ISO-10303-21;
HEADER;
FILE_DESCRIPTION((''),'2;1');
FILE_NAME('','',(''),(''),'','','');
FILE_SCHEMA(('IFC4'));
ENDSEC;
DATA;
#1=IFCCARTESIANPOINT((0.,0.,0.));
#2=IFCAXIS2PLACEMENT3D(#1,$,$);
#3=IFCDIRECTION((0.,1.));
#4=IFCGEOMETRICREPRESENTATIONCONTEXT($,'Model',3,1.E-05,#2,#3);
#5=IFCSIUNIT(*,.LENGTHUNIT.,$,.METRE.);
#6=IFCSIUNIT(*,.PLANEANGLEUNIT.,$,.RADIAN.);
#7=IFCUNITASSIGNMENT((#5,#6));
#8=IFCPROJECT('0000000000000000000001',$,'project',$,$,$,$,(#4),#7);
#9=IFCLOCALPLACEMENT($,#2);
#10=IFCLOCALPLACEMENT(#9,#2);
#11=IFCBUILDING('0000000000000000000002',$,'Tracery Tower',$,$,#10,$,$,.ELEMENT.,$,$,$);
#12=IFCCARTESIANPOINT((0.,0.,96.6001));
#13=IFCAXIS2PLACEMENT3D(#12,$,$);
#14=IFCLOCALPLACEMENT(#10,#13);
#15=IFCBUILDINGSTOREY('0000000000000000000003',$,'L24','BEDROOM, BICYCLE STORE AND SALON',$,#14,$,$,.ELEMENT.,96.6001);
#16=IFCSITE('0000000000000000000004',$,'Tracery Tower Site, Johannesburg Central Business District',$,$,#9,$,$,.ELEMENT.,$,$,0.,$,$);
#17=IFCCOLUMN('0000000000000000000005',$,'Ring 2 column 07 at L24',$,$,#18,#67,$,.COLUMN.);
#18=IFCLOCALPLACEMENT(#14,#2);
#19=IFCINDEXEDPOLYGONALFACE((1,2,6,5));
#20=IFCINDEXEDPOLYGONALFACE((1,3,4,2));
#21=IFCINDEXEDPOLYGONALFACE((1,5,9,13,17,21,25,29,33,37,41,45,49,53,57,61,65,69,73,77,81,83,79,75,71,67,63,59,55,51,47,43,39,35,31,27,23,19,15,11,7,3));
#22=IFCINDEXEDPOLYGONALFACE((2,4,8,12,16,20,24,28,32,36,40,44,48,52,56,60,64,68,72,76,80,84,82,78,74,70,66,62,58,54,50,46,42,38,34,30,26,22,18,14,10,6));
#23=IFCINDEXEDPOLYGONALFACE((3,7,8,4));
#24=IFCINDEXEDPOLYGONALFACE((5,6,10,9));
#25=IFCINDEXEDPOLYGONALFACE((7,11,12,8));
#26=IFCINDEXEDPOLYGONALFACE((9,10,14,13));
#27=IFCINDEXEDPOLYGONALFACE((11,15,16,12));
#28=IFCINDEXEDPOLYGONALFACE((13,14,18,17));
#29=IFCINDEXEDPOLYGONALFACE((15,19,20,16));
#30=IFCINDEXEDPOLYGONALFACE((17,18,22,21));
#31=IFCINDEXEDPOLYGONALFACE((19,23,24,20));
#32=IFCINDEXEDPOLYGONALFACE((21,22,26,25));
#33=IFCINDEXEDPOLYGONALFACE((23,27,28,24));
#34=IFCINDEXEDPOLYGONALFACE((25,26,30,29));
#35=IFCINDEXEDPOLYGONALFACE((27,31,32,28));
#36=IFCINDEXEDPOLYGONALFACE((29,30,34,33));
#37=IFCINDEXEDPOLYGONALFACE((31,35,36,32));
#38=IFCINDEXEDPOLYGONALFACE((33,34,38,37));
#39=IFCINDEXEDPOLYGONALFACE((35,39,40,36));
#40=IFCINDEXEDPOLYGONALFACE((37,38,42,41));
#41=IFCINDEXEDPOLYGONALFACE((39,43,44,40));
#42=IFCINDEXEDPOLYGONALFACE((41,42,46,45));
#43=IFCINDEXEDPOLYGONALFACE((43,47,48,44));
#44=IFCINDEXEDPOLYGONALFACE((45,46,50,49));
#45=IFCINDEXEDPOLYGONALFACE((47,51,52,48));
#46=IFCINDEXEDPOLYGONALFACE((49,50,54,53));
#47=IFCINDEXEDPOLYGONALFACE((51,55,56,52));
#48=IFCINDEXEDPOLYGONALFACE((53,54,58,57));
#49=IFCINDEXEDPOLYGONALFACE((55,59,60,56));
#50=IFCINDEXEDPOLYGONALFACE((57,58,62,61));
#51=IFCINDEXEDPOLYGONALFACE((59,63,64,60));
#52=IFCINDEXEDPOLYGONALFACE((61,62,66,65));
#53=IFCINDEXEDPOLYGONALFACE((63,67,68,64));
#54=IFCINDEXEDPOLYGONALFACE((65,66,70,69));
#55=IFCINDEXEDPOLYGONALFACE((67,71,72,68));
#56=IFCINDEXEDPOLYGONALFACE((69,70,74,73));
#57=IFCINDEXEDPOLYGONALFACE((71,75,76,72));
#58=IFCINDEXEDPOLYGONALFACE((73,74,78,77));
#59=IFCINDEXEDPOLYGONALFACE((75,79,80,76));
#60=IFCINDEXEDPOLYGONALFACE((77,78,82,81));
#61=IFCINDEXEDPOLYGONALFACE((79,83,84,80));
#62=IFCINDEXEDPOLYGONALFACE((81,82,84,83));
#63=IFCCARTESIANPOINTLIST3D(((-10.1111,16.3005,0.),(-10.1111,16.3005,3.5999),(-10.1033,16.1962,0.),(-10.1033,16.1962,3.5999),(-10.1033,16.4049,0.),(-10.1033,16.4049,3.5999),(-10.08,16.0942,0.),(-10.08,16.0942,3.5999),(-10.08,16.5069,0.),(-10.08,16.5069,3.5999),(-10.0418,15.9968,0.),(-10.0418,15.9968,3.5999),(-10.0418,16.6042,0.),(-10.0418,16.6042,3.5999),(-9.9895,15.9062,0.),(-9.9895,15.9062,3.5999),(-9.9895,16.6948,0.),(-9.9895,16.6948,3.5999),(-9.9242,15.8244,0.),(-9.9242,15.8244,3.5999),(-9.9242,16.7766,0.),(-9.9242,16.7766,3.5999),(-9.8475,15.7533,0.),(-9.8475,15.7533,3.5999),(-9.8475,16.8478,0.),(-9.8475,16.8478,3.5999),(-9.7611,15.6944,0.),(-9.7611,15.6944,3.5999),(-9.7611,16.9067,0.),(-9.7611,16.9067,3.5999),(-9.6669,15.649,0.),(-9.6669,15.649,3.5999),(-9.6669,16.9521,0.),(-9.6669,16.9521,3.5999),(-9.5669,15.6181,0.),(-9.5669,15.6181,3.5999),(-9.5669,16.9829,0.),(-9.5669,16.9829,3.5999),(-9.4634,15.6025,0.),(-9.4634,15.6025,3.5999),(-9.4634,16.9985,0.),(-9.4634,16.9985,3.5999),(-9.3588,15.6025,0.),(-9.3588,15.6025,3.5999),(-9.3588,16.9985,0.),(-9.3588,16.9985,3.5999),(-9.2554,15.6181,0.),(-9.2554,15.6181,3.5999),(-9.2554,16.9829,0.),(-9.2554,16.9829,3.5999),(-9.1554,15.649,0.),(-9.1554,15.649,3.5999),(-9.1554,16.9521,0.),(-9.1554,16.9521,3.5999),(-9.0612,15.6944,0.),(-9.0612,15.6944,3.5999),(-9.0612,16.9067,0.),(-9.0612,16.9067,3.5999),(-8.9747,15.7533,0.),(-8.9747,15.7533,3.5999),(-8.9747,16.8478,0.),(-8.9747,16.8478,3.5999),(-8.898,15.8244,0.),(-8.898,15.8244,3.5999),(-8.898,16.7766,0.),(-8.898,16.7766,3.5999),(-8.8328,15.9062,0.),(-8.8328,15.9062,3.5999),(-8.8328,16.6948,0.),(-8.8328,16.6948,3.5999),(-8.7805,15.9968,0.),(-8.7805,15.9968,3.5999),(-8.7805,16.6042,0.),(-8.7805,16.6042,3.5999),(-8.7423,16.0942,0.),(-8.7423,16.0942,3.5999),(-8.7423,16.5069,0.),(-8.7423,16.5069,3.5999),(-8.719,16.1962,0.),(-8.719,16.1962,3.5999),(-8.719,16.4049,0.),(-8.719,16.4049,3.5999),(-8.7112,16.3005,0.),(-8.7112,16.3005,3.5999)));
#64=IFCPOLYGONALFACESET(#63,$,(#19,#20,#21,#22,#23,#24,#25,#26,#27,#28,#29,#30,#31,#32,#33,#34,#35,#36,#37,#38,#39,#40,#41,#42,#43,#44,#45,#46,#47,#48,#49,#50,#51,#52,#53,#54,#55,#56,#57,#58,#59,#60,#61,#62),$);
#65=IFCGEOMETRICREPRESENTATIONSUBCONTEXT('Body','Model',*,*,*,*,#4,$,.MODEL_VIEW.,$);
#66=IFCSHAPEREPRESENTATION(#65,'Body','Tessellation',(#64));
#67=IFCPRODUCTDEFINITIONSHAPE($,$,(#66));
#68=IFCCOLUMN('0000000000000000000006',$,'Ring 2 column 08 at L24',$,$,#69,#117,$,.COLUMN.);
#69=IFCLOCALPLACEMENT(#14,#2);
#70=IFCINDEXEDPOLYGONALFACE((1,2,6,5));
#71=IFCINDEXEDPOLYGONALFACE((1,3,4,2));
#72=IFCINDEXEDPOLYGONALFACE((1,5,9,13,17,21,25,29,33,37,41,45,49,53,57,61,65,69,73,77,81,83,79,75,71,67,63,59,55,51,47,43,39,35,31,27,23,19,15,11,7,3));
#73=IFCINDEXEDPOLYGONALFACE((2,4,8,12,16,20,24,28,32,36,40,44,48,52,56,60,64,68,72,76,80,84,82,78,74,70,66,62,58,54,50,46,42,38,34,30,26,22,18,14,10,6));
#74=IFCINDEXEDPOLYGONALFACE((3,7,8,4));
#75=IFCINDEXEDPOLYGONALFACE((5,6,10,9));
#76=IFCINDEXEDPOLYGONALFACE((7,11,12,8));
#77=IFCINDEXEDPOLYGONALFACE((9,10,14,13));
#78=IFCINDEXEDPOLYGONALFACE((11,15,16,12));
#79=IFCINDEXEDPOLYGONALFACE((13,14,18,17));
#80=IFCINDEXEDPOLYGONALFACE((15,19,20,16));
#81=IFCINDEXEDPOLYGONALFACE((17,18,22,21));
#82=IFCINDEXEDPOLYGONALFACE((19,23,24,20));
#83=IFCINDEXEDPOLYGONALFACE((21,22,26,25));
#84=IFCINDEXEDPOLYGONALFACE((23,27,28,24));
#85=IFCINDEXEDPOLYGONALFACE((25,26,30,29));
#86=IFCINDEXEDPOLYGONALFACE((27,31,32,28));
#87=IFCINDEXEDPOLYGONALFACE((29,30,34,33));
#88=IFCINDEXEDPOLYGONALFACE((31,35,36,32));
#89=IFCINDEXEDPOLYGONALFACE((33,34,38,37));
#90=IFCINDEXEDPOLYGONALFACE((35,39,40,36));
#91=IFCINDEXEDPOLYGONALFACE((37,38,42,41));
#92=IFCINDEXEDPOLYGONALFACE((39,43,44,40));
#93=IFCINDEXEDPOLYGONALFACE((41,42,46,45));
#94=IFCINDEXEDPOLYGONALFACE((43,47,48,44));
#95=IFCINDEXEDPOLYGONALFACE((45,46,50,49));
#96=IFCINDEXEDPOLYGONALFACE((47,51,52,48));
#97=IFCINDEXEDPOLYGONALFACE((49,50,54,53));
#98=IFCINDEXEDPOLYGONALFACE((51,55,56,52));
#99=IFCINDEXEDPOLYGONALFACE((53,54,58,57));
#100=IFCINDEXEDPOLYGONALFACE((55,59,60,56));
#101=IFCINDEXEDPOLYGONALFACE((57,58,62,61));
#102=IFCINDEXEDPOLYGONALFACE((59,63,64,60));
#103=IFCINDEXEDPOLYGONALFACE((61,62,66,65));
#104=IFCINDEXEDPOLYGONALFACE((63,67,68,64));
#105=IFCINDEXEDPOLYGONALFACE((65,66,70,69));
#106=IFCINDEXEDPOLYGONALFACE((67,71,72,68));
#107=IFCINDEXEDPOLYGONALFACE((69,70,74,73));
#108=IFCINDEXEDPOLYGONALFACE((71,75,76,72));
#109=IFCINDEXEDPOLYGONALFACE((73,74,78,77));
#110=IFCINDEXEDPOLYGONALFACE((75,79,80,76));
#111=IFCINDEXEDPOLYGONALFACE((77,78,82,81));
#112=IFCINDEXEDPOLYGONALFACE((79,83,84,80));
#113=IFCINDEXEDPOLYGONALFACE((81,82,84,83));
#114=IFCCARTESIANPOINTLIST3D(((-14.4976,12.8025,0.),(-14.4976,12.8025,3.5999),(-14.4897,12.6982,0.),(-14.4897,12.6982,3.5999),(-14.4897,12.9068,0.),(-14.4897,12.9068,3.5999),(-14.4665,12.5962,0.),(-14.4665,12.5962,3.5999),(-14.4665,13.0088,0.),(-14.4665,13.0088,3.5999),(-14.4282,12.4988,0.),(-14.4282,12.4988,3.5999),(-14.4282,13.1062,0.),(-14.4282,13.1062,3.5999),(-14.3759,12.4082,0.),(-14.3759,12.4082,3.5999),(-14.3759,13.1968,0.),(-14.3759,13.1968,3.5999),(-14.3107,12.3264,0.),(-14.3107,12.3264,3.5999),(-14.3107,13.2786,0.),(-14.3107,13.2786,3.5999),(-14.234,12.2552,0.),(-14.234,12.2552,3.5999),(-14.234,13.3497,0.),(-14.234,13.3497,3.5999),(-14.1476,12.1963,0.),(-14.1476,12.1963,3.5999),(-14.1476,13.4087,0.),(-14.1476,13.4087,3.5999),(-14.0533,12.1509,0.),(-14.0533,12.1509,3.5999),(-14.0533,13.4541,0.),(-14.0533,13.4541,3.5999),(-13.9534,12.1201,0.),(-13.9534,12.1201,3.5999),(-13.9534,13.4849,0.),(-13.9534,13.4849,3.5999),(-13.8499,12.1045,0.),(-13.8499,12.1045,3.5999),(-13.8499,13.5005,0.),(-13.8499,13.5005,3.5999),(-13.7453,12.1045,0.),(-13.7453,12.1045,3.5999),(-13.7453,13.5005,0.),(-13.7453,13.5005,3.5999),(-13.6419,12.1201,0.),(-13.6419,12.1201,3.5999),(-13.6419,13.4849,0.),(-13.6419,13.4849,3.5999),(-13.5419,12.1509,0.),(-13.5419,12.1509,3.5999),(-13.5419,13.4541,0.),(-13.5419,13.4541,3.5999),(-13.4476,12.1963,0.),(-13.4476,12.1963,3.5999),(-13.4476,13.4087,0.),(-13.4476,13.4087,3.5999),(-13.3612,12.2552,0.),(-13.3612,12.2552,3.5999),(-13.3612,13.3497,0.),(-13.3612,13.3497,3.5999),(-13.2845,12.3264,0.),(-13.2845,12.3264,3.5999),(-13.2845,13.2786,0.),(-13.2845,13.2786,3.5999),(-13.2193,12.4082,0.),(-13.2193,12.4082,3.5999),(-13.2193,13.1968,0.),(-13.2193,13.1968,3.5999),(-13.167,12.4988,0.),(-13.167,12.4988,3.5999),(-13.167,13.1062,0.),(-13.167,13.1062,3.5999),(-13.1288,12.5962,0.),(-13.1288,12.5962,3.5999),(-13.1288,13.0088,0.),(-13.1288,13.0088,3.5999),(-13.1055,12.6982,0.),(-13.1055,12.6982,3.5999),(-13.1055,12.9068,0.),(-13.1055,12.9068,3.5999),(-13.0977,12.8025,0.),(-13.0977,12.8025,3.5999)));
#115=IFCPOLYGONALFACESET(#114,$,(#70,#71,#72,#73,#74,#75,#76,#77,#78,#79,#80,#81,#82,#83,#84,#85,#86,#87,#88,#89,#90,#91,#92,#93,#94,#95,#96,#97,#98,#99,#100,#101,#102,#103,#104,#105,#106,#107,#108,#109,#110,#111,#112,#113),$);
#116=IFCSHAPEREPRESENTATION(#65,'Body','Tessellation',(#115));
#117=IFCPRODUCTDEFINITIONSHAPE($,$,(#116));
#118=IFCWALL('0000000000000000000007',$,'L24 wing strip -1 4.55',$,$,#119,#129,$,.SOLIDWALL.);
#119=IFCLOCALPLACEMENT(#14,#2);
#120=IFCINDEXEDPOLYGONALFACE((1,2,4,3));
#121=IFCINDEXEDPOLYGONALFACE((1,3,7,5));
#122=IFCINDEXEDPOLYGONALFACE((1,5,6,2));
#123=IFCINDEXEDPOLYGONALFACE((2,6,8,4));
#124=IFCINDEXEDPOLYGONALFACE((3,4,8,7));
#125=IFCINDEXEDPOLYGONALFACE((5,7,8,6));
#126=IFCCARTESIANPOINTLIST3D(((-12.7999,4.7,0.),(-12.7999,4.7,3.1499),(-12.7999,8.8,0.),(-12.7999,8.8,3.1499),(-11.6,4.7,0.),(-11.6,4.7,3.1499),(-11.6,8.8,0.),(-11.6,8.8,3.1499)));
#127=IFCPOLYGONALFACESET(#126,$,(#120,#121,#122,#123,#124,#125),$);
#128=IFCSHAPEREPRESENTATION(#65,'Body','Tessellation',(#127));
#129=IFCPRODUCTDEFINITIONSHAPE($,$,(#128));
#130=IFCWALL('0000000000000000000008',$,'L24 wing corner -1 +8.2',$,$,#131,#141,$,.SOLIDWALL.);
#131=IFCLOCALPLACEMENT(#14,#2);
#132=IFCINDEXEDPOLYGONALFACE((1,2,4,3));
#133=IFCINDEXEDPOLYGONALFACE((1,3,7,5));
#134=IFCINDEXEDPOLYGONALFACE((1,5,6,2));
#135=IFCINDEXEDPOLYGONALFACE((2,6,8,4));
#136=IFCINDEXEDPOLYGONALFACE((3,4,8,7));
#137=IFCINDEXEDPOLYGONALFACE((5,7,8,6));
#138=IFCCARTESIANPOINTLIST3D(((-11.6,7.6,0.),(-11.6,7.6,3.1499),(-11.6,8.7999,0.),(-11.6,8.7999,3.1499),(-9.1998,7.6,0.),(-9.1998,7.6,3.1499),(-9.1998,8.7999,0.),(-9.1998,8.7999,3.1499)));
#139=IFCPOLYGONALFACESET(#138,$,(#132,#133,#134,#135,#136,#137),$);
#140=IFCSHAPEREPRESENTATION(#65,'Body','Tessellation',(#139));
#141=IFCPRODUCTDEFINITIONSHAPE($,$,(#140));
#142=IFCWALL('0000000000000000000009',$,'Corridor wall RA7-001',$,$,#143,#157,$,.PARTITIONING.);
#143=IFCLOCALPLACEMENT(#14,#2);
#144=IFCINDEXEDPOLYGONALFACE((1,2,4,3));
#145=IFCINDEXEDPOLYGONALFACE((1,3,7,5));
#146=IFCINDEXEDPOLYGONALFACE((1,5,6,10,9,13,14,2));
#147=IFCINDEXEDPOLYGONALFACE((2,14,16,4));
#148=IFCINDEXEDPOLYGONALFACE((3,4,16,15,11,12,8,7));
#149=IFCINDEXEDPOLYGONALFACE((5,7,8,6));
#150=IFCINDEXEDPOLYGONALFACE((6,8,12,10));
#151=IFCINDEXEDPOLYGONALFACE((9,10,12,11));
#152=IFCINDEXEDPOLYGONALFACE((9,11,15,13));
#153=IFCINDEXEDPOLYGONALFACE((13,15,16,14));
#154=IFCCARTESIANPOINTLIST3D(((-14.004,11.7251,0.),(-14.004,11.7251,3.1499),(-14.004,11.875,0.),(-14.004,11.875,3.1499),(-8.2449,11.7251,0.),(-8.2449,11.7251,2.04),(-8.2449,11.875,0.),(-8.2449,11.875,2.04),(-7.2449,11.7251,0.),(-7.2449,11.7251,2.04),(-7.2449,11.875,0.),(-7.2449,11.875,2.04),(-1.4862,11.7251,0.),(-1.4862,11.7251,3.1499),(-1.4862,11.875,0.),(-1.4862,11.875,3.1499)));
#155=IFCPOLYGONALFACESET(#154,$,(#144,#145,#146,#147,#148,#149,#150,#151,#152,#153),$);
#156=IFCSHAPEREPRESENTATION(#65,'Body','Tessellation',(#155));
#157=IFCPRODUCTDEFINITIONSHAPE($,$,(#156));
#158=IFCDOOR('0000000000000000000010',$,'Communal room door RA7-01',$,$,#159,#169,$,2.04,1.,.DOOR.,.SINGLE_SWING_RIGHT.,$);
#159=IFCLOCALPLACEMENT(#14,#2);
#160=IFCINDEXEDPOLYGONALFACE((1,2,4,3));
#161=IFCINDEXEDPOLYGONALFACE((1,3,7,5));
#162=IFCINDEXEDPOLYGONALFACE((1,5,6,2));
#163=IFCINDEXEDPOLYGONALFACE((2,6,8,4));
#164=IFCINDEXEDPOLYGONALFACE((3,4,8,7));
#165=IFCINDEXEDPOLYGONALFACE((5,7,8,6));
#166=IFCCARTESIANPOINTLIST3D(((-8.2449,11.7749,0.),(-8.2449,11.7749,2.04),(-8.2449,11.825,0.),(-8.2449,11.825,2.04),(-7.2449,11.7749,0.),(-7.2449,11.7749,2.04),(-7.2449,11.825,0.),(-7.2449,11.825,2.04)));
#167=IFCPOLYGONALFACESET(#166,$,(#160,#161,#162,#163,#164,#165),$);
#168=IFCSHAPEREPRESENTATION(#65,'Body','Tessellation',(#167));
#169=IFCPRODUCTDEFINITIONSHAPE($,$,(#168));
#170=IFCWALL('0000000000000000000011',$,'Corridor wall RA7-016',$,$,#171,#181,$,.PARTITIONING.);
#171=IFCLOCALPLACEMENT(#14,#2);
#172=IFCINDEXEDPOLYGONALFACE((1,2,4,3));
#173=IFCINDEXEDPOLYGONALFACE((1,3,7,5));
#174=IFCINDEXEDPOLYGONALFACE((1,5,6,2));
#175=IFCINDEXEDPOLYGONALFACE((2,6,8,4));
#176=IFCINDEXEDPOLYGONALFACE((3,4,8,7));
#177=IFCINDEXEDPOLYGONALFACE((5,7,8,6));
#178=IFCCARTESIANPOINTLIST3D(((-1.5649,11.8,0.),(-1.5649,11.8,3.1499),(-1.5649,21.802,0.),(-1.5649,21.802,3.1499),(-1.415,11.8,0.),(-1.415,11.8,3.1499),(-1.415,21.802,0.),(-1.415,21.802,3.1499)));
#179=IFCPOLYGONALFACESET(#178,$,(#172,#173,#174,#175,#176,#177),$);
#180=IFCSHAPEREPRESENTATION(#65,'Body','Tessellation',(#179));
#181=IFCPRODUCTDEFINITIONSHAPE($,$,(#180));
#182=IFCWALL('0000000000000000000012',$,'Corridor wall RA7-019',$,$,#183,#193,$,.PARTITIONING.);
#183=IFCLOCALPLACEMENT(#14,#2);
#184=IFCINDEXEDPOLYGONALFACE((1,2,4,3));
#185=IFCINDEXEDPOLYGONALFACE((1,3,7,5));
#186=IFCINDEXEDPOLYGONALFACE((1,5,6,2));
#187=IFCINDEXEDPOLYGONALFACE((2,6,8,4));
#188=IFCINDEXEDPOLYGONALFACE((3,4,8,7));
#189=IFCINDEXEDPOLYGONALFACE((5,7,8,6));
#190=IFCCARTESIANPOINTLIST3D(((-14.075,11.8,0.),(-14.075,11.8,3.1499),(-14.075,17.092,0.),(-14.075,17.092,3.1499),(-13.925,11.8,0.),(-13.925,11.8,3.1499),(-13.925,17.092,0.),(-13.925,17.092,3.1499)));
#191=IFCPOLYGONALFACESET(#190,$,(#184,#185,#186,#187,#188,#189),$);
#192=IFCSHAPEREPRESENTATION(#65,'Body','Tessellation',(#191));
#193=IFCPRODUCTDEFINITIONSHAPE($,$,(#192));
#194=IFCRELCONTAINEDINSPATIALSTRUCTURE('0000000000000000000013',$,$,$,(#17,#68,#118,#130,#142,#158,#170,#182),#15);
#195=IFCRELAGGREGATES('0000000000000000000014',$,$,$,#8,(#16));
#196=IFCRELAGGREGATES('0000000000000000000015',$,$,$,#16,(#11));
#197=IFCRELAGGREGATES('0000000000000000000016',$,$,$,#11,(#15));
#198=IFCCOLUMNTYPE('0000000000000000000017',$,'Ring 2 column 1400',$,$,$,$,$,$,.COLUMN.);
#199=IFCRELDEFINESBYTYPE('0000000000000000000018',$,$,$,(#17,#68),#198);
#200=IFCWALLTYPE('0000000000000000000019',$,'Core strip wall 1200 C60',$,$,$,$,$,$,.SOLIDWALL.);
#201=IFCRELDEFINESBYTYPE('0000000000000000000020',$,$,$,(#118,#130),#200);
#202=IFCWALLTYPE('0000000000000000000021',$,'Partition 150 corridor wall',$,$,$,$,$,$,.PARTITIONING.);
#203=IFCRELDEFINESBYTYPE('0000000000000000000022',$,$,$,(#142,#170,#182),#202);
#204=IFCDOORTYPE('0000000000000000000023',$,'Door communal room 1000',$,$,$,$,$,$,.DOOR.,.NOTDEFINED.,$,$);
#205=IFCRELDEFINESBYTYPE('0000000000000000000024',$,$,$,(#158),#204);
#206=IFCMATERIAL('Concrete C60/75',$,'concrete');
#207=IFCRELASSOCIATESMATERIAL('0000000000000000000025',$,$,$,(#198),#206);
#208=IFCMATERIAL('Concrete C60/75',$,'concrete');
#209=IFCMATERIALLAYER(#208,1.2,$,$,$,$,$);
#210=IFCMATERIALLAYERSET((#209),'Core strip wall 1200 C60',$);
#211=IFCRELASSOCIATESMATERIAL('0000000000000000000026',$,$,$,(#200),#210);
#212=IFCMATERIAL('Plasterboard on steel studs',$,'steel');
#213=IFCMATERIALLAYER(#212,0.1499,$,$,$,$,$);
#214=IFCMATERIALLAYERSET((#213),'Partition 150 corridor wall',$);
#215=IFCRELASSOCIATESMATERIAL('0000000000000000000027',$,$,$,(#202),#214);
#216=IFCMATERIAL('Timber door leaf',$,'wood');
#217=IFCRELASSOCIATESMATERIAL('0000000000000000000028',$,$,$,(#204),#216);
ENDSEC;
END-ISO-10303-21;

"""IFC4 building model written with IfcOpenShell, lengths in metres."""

from ifc_helpers import new_model, si_unit, direction, frame, frame_2d, origin, origin_2d, place, context, subcontext, project, spatial, rectangle, circle, extrude, material, layer, layer_set, material_profile, profile_set, type_object, element, fill, save


model = new_model("IFC4")

# Units and contexts
model_context = context("Model", 3, precision=1e-05, world=origin(), true_north=direction((0.0, 1.0)))
body_context = subcontext(model_context, "Body", "Model", "MODEL_VIEW")
ifc_project = project(units=[si_unit("LENGTHUNIT", "METRE"), si_unit("PLANEANGLEUNIT", "RADIAN")], contexts=[model_context])

# Site, building, storey
site_placement = place(None, origin())
site = spatial("IfcSite", under=ifc_project, at=site_placement, Name="Tracery Tower Site, Johannesburg Central Business District", CompositionType="ELEMENT", RefElevation=0.0)
building_placement = place(site_placement, origin())
building = spatial("IfcBuilding", under=site, at=building_placement, Name="Tracery Tower", CompositionType="ELEMENT")
storey_placement = place(building_placement, frame((0.0, 0.0, 96.6001)))
storey = spatial("IfcBuildingStorey", under=building, at=storey_placement, Name="L24", Description="BEDROOM, BICYCLE STORE AND SALON", CompositionType="ELEMENT", Elevation=96.6001)

# Columns
ifc_material_1 = material(Name="Concrete C60/75", Category="concrete")
ifc_material_profile = material_profile(ifc_material_1, circle(Radius=0.7, at=origin_2d()), Name="RC D1400")
ifc_profile_set = profile_set([ifc_material_profile], Name="Concrete C60/75")
column_type = type_object("IfcColumnType", Name="Ring 2 column 1400", PredefinedType="COLUMN", material=ifc_profile_set)
for number, where, z_axis, x_axis, name in (
    (1, (-9.4111, 16.3005, 0.0), (0.0, 0.0, 1.0), (1.0, 0.0, 0.0), "Ring 2 column 07 at L24"),
    (2, (-13.7976, 12.8025, 0.0), (0.0, 0.0, 1.0), (1.0, 0.0, 0.0), "Ring 2 column 08 at L24"),
):
    element("IfcColumn", number, at=place(storey_placement, frame(where, z_axis=z_axis, x_axis=x_axis)), inside=storey, type_object=column_type, Name=name, PredefinedType="COLUMN", context=body_context, shape_type="SweptSolid", body=[
        extrude(circle(Radius=0.7, at=origin_2d()), origin(), (0.0, 0.0, 1.0), 3.5999),
    ])

# Walls
ifc_material_2 = material(Name="Concrete C60/75", Category="concrete")
ifc_layer_1 = layer(ifc_material_2, 1.2)
ifc_layer_set_1 = layer_set([ifc_layer_1], Name="Core strip wall 1200 C60")
wall_type_1 = type_object("IfcWallType", Name="Core strip wall 1200 C60", PredefinedType="SOLIDWALL", material=ifc_layer_set_1)
wall_1_placement = place(storey_placement, frame((-12.2, 4.7, 0.0), z_axis=(0.0, 0.0, 1.0), x_axis=(0.0, 1.0, 0.0)))
element("IfcWall", 3, at=wall_1_placement, inside=storey, type_object=wall_type_1, Name="L24 wing strip -1 4.55", PredefinedType="SOLIDWALL", context=body_context, shape_type="SweptSolid", body=[
    extrude(rectangle(XDim=4.1001, YDim=1.2, at=frame_2d((2.05, 0.0))), origin(), (0.0, 0.0, 1.0), 3.1499),
])
wall_2_placement = place(storey_placement, frame((-11.6001, 8.2, 0.0), z_axis=(0.0, 0.0, 1.0), x_axis=(1.0, 0.0, 0.0)))
element("IfcWall", 4, at=wall_2_placement, inside=storey, type_object=wall_type_1, Name="L24 wing corner -1 +8.2", PredefinedType="SOLIDWALL", context=body_context, shape_type="SweptSolid", body=[
    extrude(rectangle(XDim=2.4001, YDim=1.2, at=frame_2d((1.2002, 0.0))), origin(), (0.0, 0.0, 1.0), 3.1499),
])

# Wall, opening, door
ifc_material_3 = material(Name="Plasterboard on steel studs", Category="steel")
ifc_layer_2 = layer(ifc_material_3, 0.1499)
ifc_layer_set_2 = layer_set([ifc_layer_2], Name="Partition 150 corridor wall")
wall_type_2 = type_object("IfcWallType", Name="Partition 150 corridor wall", PredefinedType="PARTITIONING", material=ifc_layer_set_2)
wall_3_placement = place(storey_placement, frame((-14.0039, 11.8, 0.0), z_axis=(0.0, 0.0, 1.0), x_axis=(1.0, 0.0, 0.0)))
wall_3 = element("IfcWall", 5, at=wall_3_placement, inside=storey, type_object=wall_type_2, Name="Corridor wall RA7-001", PredefinedType="PARTITIONING", context=body_context, shape_type="SweptSolid", body=[
    extrude(rectangle(XDim=12.5178, YDim=0.1499, at=frame_2d((6.2588, 0.0))), origin(), (0.0, 0.0, 1.0), 3.1499),
])
opening_1_placement = place(wall_3_placement, frame((5.759, 0.0, 0.0)))
opening_1 = element("IfcOpeningElement", 6, at=opening_1_placement, cuts=wall_3, PredefinedType="OPENING", context=body_context, shape_type="SweptSolid", body=[
    extrude(rectangle(XDim=1.0, YDim=2.04, at=frame_2d((0.5, 1.02))), frame((0.0, 0.075, 0.0), z_axis=(0.0, -1.0, 0.0), x_axis=(1.0, 0.0, 0.0)), (0.0, 0.0, 1.0), 0.1499),
])
ifc_material_4 = material(Name="Timber door leaf", Category="wood")
door_type_1 = type_object("IfcDoorType", Name="Door communal room 1000", OperationType="NOTDEFINED", PredefinedType="DOOR", material=ifc_material_4)
door_1_placement = place(opening_1_placement, origin())
door_1 = element("IfcDoor", 7, at=door_1_placement, inside=storey, type_object=door_type_1, Name="Communal room door RA7-01", OperationType="SINGLE_SWING_RIGHT", OverallHeight=2.04, OverallWidth=1.0, PredefinedType="DOOR", context=body_context, shape_type="SweptSolid", body=[
    extrude(rectangle(XDim=1.0, YDim=2.04, at=frame_2d((0.5, 1.02))), frame((0.0, 0.0249, 0.0), z_axis=(0.0, -1.0, 0.0), x_axis=(1.0, 0.0, 0.0)), (0.0, 0.0, 1.0), 0.05),
])
fill(opening_1, door_1)

# Walls
wall_4_placement = place(storey_placement, frame((-1.49, 11.8, 0.0), z_axis=(0.0, 0.0, 1.0), x_axis=(0.0, 1.0, 0.0)))
element("IfcWall", 8, at=wall_4_placement, inside=storey, type_object=wall_type_2, Name="Corridor wall RA7-016", PredefinedType="PARTITIONING", context=body_context, shape_type="SweptSolid", body=[
    extrude(rectangle(XDim=10.002, YDim=0.1499, at=frame_2d((5.001, 0.0))), origin(), (0.0, 0.0, 1.0), 3.1499),
])
wall_5_placement = place(storey_placement, frame((-14.0, 11.8, 0.0), z_axis=(0.0, 0.0, 1.0), x_axis=(0.0, 1.0, 0.0)))
element("IfcWall", 9, at=wall_5_placement, inside=storey, type_object=wall_type_2, Name="Corridor wall RA7-019", PredefinedType="PARTITIONING", context=body_context, shape_type="SweptSolid", body=[
    extrude(rectangle(XDim=5.292, YDim=0.1499, at=frame_2d((2.646, 0.0))), origin(), (0.0, 0.0, 1.0), 3.1499),
])

save(model, "model.ifc")
